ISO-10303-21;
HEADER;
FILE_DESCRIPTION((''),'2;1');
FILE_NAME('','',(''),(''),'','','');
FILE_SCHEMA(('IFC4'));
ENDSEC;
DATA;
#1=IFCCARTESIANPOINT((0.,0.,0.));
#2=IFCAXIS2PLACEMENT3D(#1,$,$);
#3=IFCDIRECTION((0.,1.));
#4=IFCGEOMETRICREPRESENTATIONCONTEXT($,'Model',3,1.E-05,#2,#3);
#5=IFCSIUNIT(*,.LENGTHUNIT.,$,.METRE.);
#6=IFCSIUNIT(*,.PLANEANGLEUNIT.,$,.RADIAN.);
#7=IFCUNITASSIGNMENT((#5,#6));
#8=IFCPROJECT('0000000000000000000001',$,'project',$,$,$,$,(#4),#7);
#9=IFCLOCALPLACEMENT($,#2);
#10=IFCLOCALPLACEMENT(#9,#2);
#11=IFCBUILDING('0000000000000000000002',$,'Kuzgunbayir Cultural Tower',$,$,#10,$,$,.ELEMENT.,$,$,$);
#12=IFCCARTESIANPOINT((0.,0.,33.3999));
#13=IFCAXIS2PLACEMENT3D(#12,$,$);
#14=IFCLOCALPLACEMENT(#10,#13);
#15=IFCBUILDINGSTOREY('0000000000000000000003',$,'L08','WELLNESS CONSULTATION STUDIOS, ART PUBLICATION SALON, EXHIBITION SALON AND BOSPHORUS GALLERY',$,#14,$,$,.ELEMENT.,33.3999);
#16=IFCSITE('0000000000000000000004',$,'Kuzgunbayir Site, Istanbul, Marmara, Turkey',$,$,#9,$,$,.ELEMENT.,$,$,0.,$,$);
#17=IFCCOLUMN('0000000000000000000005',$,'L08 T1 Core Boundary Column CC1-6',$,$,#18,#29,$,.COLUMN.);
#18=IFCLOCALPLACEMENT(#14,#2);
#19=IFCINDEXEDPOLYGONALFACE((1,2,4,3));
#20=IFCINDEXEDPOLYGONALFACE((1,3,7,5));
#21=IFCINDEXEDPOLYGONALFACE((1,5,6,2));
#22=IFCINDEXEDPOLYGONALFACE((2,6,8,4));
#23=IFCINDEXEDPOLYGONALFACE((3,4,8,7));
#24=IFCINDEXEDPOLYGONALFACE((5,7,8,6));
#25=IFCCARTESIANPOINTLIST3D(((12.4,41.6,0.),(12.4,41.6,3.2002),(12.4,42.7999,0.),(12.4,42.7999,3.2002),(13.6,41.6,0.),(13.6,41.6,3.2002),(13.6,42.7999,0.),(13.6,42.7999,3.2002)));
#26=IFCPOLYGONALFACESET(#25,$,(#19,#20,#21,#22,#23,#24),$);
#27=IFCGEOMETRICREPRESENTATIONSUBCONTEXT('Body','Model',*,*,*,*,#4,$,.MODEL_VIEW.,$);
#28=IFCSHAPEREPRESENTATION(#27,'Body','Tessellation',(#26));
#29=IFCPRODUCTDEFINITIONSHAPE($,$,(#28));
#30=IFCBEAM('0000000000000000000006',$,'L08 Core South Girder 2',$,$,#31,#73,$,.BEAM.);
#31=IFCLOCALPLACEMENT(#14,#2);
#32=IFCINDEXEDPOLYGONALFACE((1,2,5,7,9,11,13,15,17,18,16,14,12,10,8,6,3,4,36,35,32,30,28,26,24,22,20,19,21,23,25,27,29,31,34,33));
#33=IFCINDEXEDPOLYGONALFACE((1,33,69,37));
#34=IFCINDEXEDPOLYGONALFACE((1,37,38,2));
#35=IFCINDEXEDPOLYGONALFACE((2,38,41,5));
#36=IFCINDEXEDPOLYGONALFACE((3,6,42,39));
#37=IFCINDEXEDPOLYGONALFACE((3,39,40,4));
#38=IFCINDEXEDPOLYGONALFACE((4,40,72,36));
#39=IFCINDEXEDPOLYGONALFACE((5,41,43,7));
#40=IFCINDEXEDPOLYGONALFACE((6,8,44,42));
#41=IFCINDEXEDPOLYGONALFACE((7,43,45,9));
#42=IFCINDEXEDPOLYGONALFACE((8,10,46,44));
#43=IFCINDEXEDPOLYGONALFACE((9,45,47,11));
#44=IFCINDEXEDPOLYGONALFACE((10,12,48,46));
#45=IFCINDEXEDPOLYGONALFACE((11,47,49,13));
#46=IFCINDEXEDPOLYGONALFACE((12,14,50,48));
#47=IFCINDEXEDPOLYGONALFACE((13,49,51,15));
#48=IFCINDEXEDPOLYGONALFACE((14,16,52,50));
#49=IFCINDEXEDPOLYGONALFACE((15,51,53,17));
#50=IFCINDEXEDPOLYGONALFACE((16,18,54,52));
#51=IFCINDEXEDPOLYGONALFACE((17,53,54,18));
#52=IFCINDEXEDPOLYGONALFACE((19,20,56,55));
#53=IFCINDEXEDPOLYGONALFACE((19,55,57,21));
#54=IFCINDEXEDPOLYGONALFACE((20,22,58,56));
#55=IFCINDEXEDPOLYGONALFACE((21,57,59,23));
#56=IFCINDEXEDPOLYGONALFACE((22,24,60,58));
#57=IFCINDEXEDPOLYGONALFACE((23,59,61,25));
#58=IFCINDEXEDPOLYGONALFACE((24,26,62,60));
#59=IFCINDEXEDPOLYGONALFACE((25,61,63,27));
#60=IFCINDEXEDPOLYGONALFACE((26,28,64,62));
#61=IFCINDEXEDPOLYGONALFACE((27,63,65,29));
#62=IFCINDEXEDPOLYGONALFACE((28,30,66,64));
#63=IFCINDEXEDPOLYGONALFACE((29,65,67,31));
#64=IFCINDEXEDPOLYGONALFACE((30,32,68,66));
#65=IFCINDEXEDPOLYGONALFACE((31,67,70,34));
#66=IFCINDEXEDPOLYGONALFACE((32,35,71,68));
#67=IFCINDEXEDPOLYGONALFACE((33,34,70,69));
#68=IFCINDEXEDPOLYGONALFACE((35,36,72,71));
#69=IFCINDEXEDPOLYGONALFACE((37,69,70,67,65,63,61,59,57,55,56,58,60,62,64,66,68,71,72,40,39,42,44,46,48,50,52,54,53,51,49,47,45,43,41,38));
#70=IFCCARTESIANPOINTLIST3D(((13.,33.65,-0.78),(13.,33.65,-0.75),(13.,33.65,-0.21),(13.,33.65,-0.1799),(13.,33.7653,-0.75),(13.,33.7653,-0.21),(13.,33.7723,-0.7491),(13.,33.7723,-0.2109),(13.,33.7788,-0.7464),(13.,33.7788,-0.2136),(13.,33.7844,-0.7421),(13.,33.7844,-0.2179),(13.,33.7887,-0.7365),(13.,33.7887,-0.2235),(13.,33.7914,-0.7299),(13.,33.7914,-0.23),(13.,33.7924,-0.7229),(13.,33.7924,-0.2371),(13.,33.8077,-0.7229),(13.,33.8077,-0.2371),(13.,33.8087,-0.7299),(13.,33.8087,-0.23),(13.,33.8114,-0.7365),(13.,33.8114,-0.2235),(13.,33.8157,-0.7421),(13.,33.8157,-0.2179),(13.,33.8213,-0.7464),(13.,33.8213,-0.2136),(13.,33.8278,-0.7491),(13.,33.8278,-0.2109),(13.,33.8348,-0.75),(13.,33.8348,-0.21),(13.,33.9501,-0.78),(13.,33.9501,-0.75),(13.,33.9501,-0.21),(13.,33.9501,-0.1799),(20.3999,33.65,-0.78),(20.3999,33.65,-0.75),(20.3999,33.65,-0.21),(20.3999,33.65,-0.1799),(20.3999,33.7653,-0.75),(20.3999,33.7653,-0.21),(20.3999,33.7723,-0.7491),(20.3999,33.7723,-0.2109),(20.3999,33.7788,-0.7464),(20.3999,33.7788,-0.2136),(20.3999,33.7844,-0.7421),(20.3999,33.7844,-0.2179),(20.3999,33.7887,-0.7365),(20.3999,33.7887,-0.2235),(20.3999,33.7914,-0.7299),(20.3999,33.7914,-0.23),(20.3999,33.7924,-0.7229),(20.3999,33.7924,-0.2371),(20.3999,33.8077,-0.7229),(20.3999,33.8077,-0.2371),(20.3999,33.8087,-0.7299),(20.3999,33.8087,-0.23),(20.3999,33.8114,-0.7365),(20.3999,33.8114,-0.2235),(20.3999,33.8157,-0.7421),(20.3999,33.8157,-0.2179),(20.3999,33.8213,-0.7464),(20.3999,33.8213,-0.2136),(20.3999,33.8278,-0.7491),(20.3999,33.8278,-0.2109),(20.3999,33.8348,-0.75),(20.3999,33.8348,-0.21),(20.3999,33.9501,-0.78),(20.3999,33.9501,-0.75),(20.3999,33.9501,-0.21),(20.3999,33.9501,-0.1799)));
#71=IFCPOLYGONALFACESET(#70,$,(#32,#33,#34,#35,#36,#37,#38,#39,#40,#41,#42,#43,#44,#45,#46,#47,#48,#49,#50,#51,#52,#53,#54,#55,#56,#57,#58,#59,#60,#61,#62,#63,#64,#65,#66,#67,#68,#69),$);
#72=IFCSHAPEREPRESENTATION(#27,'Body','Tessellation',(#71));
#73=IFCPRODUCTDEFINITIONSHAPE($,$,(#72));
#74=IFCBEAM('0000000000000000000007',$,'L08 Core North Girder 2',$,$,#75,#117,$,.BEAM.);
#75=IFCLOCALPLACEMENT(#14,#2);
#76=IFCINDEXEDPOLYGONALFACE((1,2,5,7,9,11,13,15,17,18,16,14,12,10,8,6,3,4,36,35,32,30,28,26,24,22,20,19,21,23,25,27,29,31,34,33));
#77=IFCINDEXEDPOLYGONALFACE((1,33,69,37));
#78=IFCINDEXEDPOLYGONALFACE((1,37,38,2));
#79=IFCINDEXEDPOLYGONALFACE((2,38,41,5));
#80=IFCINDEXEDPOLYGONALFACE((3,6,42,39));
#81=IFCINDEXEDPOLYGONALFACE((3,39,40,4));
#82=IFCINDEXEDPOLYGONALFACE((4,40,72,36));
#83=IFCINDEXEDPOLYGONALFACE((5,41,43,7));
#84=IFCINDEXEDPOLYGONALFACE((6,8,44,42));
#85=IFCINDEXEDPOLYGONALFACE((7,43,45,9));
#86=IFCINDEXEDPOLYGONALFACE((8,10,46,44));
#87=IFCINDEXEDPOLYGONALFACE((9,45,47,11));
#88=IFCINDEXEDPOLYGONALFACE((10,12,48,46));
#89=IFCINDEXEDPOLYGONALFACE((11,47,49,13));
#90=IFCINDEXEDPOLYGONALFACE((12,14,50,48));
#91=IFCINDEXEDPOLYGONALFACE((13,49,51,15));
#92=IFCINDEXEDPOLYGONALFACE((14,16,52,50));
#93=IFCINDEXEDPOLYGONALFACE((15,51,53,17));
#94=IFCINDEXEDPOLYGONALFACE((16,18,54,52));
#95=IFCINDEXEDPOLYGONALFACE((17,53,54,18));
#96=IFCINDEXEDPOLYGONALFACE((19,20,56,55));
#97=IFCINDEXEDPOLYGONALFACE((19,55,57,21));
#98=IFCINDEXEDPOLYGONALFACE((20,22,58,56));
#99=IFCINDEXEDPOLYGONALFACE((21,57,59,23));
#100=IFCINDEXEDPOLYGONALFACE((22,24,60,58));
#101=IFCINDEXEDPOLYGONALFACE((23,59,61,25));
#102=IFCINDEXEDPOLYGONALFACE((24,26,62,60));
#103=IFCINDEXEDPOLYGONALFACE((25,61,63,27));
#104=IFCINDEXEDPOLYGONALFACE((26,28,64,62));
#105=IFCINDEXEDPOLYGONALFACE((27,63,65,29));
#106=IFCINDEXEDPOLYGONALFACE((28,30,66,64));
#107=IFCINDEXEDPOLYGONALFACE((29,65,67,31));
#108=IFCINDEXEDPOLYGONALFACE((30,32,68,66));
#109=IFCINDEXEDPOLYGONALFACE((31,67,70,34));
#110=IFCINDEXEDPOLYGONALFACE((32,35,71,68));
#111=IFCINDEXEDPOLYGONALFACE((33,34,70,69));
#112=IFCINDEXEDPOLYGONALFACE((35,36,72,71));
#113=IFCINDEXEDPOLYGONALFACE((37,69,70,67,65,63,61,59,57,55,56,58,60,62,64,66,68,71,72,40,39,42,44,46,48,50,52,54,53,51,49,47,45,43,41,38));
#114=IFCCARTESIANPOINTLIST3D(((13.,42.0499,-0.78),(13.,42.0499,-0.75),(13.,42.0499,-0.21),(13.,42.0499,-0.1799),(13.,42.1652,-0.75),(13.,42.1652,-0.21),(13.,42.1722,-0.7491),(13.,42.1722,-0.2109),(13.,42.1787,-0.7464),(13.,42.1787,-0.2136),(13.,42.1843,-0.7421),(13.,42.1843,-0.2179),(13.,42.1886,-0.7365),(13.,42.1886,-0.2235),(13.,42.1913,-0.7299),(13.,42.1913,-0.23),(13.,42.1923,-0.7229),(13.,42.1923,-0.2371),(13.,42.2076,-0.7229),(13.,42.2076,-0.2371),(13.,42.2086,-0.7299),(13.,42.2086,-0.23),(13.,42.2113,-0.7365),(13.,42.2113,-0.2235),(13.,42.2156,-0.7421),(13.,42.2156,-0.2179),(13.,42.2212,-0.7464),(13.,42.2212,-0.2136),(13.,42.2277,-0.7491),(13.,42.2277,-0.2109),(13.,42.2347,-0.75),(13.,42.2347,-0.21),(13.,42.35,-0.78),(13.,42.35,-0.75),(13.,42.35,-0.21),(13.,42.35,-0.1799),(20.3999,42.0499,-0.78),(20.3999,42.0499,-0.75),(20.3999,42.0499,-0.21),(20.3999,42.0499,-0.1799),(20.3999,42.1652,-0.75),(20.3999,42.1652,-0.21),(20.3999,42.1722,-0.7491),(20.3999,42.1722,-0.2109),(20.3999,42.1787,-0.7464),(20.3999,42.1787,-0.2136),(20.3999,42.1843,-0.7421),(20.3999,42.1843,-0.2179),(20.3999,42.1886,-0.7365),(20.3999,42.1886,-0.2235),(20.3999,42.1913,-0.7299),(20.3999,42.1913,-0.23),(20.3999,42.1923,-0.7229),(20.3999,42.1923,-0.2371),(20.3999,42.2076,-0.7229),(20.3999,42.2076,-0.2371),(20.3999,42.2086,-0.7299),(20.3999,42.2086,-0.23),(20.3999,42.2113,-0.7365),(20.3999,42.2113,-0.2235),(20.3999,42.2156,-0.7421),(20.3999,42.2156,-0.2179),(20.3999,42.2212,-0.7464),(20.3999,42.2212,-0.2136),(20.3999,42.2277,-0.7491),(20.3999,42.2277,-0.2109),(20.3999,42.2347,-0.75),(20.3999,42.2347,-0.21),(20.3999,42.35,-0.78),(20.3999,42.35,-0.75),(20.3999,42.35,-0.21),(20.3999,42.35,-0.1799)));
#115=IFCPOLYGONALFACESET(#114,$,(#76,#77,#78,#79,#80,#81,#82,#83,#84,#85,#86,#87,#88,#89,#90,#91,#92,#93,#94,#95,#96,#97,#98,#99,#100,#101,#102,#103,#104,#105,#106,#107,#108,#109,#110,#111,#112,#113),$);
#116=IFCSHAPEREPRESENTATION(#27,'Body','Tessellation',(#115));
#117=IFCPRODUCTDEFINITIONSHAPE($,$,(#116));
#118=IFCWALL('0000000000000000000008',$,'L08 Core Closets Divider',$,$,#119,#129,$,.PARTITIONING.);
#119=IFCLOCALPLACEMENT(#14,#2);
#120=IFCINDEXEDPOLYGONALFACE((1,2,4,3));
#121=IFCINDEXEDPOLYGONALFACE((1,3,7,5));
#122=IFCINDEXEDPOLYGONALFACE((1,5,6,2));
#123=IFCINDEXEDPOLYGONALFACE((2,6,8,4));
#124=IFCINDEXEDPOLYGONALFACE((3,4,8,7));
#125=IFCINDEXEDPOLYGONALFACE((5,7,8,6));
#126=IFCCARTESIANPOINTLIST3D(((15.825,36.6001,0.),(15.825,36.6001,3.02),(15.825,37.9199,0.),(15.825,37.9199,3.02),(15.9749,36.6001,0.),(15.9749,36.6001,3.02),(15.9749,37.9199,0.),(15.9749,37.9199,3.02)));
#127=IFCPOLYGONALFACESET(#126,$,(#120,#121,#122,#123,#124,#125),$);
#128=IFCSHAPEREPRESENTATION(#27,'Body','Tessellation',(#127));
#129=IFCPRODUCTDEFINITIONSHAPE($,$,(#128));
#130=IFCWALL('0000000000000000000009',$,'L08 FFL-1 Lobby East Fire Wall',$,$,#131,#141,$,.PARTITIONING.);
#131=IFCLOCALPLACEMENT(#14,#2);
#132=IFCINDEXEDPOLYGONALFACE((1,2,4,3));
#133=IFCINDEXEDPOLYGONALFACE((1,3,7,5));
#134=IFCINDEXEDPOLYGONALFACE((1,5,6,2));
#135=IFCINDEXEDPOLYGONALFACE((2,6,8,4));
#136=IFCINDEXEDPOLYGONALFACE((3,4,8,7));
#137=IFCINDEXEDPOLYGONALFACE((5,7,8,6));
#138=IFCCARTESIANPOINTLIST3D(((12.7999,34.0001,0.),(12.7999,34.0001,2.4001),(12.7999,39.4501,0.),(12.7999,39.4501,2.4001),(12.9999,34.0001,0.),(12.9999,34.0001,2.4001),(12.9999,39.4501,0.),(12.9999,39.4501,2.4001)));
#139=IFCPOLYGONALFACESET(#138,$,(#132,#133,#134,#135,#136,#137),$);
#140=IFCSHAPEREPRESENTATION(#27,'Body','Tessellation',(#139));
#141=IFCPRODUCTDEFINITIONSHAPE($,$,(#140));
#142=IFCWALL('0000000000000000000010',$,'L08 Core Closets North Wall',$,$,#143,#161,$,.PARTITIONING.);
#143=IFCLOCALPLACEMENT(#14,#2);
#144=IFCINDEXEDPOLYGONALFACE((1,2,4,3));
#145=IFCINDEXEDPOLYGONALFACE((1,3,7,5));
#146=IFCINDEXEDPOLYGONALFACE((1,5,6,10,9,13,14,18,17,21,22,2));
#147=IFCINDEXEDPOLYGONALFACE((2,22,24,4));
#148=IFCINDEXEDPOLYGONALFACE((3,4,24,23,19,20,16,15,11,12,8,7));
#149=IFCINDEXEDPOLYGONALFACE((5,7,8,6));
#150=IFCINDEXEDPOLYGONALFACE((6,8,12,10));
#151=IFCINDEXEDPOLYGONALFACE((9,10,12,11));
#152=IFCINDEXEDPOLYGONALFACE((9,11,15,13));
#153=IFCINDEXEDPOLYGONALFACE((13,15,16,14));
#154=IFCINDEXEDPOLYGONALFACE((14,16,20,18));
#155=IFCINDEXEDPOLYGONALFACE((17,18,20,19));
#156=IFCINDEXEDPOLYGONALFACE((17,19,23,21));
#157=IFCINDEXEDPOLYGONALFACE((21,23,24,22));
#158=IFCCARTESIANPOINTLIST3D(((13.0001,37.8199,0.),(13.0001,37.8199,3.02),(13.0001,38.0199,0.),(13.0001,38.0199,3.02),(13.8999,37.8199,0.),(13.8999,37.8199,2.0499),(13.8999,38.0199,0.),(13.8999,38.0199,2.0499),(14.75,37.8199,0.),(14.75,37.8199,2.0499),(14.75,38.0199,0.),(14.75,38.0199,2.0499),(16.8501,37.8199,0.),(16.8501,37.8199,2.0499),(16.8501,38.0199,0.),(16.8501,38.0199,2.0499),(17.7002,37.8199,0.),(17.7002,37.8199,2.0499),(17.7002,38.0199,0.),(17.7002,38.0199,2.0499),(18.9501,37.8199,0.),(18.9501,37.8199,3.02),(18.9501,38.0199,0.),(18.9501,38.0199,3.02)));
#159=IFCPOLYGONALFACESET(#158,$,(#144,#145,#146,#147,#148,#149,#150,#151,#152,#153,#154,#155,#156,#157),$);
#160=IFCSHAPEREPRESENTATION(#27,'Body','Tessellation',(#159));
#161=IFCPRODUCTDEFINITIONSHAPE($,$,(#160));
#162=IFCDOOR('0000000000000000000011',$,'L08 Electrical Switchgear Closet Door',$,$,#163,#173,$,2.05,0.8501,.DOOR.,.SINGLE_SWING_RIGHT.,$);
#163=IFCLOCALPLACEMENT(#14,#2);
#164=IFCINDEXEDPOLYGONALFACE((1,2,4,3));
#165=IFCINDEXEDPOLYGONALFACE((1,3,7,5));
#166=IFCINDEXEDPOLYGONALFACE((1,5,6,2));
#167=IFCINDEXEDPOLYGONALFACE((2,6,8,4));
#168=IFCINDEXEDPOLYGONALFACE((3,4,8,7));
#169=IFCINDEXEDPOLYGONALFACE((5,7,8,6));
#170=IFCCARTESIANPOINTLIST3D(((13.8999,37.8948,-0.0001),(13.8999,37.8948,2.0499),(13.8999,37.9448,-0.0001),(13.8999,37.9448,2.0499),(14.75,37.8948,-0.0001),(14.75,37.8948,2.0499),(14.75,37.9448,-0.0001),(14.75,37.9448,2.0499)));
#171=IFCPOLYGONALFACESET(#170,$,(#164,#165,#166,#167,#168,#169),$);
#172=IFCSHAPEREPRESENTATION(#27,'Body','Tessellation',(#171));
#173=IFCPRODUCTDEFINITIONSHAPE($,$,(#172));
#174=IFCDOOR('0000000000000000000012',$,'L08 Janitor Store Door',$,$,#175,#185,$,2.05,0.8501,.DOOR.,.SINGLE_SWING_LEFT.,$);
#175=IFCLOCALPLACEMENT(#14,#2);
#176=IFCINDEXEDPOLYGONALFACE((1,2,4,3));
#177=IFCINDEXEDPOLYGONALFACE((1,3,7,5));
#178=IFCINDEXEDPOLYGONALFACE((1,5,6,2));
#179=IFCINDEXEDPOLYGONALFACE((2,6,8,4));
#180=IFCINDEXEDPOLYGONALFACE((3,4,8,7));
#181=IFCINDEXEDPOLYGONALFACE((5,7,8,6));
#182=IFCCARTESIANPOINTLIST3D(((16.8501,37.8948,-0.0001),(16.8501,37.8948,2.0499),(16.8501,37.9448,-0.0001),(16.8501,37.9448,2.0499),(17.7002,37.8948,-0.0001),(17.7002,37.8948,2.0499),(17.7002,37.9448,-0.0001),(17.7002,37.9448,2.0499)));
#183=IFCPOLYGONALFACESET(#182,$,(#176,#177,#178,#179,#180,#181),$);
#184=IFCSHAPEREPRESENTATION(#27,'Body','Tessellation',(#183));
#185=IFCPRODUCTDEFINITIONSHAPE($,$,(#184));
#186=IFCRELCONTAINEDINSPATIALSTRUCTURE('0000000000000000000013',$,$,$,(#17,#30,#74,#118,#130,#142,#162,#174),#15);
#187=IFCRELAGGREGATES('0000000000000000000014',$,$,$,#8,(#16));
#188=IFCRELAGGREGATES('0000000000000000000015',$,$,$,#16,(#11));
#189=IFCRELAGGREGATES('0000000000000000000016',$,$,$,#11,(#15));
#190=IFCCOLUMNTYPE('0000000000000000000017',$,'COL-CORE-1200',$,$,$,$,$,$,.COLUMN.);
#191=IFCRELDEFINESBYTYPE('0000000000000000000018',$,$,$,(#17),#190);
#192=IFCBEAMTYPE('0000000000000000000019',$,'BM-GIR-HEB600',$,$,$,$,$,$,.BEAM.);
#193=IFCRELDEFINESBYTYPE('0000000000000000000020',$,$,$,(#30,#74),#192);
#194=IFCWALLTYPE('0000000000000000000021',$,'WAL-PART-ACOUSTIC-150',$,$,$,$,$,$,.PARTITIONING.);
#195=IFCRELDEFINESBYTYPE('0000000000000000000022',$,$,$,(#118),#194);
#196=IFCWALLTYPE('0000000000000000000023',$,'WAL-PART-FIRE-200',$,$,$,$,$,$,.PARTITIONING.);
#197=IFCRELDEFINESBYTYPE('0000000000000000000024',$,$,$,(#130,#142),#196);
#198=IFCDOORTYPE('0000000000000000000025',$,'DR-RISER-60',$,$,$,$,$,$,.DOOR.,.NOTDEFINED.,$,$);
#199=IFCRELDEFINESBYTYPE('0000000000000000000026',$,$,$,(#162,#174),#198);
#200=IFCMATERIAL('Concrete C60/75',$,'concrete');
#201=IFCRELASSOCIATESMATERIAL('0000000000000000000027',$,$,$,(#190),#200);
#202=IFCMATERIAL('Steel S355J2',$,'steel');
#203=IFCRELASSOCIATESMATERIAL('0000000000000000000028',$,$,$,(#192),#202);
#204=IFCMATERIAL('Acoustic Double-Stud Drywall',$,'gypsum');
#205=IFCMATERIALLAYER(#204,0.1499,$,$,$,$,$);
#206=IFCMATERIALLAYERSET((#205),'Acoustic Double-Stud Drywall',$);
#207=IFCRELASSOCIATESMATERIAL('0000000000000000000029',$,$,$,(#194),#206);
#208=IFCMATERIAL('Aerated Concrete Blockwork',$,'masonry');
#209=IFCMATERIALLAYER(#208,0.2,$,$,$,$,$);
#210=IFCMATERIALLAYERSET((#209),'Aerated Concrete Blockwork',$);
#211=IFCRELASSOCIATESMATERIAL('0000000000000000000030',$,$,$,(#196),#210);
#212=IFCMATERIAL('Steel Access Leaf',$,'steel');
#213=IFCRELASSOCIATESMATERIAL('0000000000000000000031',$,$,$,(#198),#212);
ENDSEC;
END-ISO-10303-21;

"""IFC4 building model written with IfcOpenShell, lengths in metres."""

from ifc_helpers import new_model, si_unit, direction, frame, frame_2d, origin, origin_2d, place, context, subcontext, project, spatial, rectangle, i_section, extrude, material, layer, layer_set, material_profile, profile_set, type_object, element, fill, save


model = new_model("IFC4")

# Units and contexts
model_context = context("Model", 3, precision=1e-05, world=origin(), true_north=direction((0.0, 1.0)))
body_context = subcontext(model_context, "Body", "Model", "MODEL_VIEW")
ifc_project = project(units=[si_unit("LENGTHUNIT", "METRE"), si_unit("PLANEANGLEUNIT", "RADIAN")], contexts=[model_context])

# Site, building, storey
site_placement = place(None, origin())
site = spatial("IfcSite", under=ifc_project, at=site_placement, Name="Kuzgunbayir Site, Istanbul, Marmara, Turkey", CompositionType="ELEMENT", RefElevation=0.0)
building_placement = place(site_placement, origin())
building = spatial("IfcBuilding", under=site, at=building_placement, Name="Kuzgunbayir Cultural Tower", CompositionType="ELEMENT")
storey_placement = place(building_placement, frame((0.0, 0.0, 33.3999)))
storey = spatial("IfcBuildingStorey", under=building, at=storey_placement, Name="L08", Description="WELLNESS CONSULTATION STUDIOS, ART PUBLICATION SALON, EXHIBITION SALON AND BOSPHORUS GALLERY", CompositionType="ELEMENT", Elevation=33.3999)

# Column
ifc_material_1 = material(Name="Concrete C60/75", Category="concrete")
ifc_material_profile_1 = material_profile(ifc_material_1, rectangle(XDim=1.2, YDim=1.2, at=origin_2d()), Name="RC 1200x1200")
ifc_profile_set_1 = profile_set([ifc_material_profile_1], Name="Concrete C60/75")
column_type = type_object("IfcColumnType", Name="COL-CORE-1200", PredefinedType="COLUMN", material=ifc_profile_set_1)
column_placement = place(storey_placement, frame((13.0, 42.2, 0.0), z_axis=(0.0, 0.0, 1.0), x_axis=(1.0, 0.0, 0.0)))
element("IfcColumn", 1, at=column_placement, inside=storey, type_object=column_type, Name="L08 T1 Core Boundary Column CC1-6", PredefinedType="COLUMN", context=body_context, shape_type="SweptSolid", body=[
    extrude(rectangle(XDim=1.2, YDim=1.2, at=origin_2d()), origin(), (0.0, 0.0, 1.0), 3.2002),
])

# Beams
ifc_material_2 = material(Name="Steel S355J2", Category="steel")
ifc_material_profile_2 = material_profile(ifc_material_2, i_section(OverallWidth=0.3, OverallDepth=0.6001, WebThickness=0.0154, FlangeThickness=0.03, FilletRadius=0.0271, at=origin_2d()), Name="HEB 600")
ifc_profile_set_2 = profile_set([ifc_material_profile_2], Name="Steel S355J2")
beam_type = type_object("IfcBeamType", Name="BM-GIR-HEB600", PredefinedType="BEAM", material=ifc_profile_set_2)
for number, where, z_axis, x_axis, name in (
    (2, (13.0, 33.8, -0.48), (1.0, 0.0, 0.0), (0.0, 1.0, 0.0), "L08 Core South Girder 2"),
    (3, (13.0, 42.2, -0.48), (1.0, 0.0, 0.0), (0.0, 1.0, 0.0), "L08 Core North Girder 2"),
):
    element("IfcBeam", number, at=place(storey_placement, frame(where, z_axis=z_axis, x_axis=x_axis)), inside=storey, type_object=beam_type, Name=name, PredefinedType="BEAM", context=body_context, shape_type="SweptSolid", body=[
        extrude(i_section(OverallWidth=0.3, OverallDepth=0.6001, WebThickness=0.0154, FlangeThickness=0.03, FilletRadius=0.0271, at=origin_2d()), origin(), (0.0, 0.0, 1.0), 7.3999),
    ])

# Walls
ifc_material_3 = material(Name="Acoustic Double-Stud Drywall", Category="gypsum")
ifc_layer_1 = layer(ifc_material_3, 0.1499)
ifc_layer_set_1 = layer_set([ifc_layer_1], Name="Acoustic Double-Stud Drywall")
wall_type_1 = type_object("IfcWallType", Name="WAL-PART-ACOUSTIC-150", PredefinedType="PARTITIONING", material=ifc_layer_set_1)
wall_1_placement = place(storey_placement, frame((15.8999, 36.6001, 0.0), z_axis=(0.0, 0.0, 1.0), x_axis=(0.0, 1.0, 0.0)))
element("IfcWall", 4, at=wall_1_placement, inside=storey, type_object=wall_type_1, Name="L08 Core Closets Divider", PredefinedType="PARTITIONING", context=body_context, shape_type="SweptSolid", body=[
    extrude(rectangle(XDim=1.3198, YDim=0.1499, at=frame_2d((0.6599, 0.0))), origin(), (0.0, 0.0, 1.0), 3.02),
])
ifc_material_4 = material(Name="Aerated Concrete Blockwork", Category="masonry")
ifc_layer_2 = layer(ifc_material_4, 0.2)
ifc_layer_set_2 = layer_set([ifc_layer_2], Name="Aerated Concrete Blockwork")
wall_type_2 = type_object("IfcWallType", Name="WAL-PART-FIRE-200", PredefinedType="PARTITIONING", material=ifc_layer_set_2)
wall_2_placement = place(storey_placement, frame((12.8999, 34.0, 0.0), z_axis=(0.0, 0.0, 1.0), x_axis=(0.0, 1.0, 0.0)))
element("IfcWall", 5, at=wall_2_placement, inside=storey, type_object=wall_type_2, Name="L08 FFL-1 Lobby East Fire Wall", PredefinedType="PARTITIONING", context=body_context, shape_type="SweptSolid", body=[
    extrude(rectangle(XDim=5.45, YDim=0.2, at=frame_2d((2.7251, 0.0))), origin(), (0.0, 0.0, 1.0), 2.4001),
])

# Wall, openings, doors
wall_3_placement = place(storey_placement, frame((13.0, 37.9199, 0.0), z_axis=(0.0, 0.0, 1.0), x_axis=(1.0, 0.0, 0.0)))
wall_3 = element("IfcWall", 6, at=wall_3_placement, inside=storey, type_object=wall_type_2, Name="L08 Core Closets North Wall", PredefinedType="PARTITIONING", context=body_context, shape_type="SweptSolid", body=[
    extrude(rectangle(XDim=5.95, YDim=0.2, at=frame_2d((2.9751, 0.0))), origin(), (0.0, 0.0, 1.0), 3.02),
])
opening_1_placement = place(wall_3_placement, frame((0.8999, 0.0, 0.0)))
opening_1 = element("IfcOpeningElement", 7, at=opening_1_placement, cuts=wall_3, PredefinedType="OPENING", context=body_context, shape_type="SweptSolid", body=[
    extrude(rectangle(XDim=0.8501, YDim=2.05, at=frame_2d((0.425, 1.0249))), frame((0.0, 0.1099, 0.0), z_axis=(0.0, -1.0, 0.0), x_axis=(1.0, 0.0, 0.0)), (0.0, 0.0, 1.0), 0.22),
])
opening_2_placement = place(wall_3_placement, frame((3.8501, 0.0, 0.0)))
opening_2 = element("IfcOpeningElement", 8, at=opening_2_placement, cuts=wall_3, PredefinedType="OPENING", context=body_context, shape_type="SweptSolid", body=[
    extrude(rectangle(XDim=0.8501, YDim=2.05, at=frame_2d((0.425, 1.0249))), frame((0.0, 0.1099, 0.0), z_axis=(0.0, -1.0, 0.0), x_axis=(1.0, 0.0, 0.0)), (0.0, 0.0, 1.0), 0.22),
])
ifc_material_5 = material(Name="Steel Access Leaf", Category="steel")
door_type_1 = type_object("IfcDoorType", Name="DR-RISER-60", OperationType="NOTDEFINED", PredefinedType="DOOR", material=ifc_material_5)
door_1_placement = place(opening_1_placement, origin())
door_1 = element("IfcDoor", 9, at=door_1_placement, inside=storey, type_object=door_type_1, Name="L08 Electrical Switchgear Closet Door", OperationType="SINGLE_SWING_RIGHT", OverallHeight=2.05, OverallWidth=0.8501, PredefinedType="DOOR", context=body_context, shape_type="SweptSolid", body=[
    extrude(rectangle(XDim=0.8501, YDim=2.05, at=frame_2d((0.425, 1.0249))), frame((0.0, 0.0249, 0.0), z_axis=(0.0, -1.0, 0.0), x_axis=(1.0, 0.0, 0.0)), (0.0, 0.0, 1.0), 0.05),
])
fill(opening_1, door_1)
door_2_placement = place(opening_2_placement, origin())
door_2 = element("IfcDoor", 10, at=door_2_placement, inside=storey, type_object=door_type_1, Name="L08 Janitor Store Door", OperationType="SINGLE_SWING_LEFT", OverallHeight=2.05, OverallWidth=0.8501, PredefinedType="DOOR", context=body_context, shape_type="SweptSolid", body=[
    extrude(rectangle(XDim=0.8501, YDim=2.05, at=frame_2d((0.425, 1.0249))), frame((0.0, 0.0249, 0.0), z_axis=(0.0, -1.0, 0.0), x_axis=(1.0, 0.0, 0.0)), (0.0, 0.0, 1.0), 0.05),
])
fill(opening_2, door_2)

save(model, "model.ifc")
